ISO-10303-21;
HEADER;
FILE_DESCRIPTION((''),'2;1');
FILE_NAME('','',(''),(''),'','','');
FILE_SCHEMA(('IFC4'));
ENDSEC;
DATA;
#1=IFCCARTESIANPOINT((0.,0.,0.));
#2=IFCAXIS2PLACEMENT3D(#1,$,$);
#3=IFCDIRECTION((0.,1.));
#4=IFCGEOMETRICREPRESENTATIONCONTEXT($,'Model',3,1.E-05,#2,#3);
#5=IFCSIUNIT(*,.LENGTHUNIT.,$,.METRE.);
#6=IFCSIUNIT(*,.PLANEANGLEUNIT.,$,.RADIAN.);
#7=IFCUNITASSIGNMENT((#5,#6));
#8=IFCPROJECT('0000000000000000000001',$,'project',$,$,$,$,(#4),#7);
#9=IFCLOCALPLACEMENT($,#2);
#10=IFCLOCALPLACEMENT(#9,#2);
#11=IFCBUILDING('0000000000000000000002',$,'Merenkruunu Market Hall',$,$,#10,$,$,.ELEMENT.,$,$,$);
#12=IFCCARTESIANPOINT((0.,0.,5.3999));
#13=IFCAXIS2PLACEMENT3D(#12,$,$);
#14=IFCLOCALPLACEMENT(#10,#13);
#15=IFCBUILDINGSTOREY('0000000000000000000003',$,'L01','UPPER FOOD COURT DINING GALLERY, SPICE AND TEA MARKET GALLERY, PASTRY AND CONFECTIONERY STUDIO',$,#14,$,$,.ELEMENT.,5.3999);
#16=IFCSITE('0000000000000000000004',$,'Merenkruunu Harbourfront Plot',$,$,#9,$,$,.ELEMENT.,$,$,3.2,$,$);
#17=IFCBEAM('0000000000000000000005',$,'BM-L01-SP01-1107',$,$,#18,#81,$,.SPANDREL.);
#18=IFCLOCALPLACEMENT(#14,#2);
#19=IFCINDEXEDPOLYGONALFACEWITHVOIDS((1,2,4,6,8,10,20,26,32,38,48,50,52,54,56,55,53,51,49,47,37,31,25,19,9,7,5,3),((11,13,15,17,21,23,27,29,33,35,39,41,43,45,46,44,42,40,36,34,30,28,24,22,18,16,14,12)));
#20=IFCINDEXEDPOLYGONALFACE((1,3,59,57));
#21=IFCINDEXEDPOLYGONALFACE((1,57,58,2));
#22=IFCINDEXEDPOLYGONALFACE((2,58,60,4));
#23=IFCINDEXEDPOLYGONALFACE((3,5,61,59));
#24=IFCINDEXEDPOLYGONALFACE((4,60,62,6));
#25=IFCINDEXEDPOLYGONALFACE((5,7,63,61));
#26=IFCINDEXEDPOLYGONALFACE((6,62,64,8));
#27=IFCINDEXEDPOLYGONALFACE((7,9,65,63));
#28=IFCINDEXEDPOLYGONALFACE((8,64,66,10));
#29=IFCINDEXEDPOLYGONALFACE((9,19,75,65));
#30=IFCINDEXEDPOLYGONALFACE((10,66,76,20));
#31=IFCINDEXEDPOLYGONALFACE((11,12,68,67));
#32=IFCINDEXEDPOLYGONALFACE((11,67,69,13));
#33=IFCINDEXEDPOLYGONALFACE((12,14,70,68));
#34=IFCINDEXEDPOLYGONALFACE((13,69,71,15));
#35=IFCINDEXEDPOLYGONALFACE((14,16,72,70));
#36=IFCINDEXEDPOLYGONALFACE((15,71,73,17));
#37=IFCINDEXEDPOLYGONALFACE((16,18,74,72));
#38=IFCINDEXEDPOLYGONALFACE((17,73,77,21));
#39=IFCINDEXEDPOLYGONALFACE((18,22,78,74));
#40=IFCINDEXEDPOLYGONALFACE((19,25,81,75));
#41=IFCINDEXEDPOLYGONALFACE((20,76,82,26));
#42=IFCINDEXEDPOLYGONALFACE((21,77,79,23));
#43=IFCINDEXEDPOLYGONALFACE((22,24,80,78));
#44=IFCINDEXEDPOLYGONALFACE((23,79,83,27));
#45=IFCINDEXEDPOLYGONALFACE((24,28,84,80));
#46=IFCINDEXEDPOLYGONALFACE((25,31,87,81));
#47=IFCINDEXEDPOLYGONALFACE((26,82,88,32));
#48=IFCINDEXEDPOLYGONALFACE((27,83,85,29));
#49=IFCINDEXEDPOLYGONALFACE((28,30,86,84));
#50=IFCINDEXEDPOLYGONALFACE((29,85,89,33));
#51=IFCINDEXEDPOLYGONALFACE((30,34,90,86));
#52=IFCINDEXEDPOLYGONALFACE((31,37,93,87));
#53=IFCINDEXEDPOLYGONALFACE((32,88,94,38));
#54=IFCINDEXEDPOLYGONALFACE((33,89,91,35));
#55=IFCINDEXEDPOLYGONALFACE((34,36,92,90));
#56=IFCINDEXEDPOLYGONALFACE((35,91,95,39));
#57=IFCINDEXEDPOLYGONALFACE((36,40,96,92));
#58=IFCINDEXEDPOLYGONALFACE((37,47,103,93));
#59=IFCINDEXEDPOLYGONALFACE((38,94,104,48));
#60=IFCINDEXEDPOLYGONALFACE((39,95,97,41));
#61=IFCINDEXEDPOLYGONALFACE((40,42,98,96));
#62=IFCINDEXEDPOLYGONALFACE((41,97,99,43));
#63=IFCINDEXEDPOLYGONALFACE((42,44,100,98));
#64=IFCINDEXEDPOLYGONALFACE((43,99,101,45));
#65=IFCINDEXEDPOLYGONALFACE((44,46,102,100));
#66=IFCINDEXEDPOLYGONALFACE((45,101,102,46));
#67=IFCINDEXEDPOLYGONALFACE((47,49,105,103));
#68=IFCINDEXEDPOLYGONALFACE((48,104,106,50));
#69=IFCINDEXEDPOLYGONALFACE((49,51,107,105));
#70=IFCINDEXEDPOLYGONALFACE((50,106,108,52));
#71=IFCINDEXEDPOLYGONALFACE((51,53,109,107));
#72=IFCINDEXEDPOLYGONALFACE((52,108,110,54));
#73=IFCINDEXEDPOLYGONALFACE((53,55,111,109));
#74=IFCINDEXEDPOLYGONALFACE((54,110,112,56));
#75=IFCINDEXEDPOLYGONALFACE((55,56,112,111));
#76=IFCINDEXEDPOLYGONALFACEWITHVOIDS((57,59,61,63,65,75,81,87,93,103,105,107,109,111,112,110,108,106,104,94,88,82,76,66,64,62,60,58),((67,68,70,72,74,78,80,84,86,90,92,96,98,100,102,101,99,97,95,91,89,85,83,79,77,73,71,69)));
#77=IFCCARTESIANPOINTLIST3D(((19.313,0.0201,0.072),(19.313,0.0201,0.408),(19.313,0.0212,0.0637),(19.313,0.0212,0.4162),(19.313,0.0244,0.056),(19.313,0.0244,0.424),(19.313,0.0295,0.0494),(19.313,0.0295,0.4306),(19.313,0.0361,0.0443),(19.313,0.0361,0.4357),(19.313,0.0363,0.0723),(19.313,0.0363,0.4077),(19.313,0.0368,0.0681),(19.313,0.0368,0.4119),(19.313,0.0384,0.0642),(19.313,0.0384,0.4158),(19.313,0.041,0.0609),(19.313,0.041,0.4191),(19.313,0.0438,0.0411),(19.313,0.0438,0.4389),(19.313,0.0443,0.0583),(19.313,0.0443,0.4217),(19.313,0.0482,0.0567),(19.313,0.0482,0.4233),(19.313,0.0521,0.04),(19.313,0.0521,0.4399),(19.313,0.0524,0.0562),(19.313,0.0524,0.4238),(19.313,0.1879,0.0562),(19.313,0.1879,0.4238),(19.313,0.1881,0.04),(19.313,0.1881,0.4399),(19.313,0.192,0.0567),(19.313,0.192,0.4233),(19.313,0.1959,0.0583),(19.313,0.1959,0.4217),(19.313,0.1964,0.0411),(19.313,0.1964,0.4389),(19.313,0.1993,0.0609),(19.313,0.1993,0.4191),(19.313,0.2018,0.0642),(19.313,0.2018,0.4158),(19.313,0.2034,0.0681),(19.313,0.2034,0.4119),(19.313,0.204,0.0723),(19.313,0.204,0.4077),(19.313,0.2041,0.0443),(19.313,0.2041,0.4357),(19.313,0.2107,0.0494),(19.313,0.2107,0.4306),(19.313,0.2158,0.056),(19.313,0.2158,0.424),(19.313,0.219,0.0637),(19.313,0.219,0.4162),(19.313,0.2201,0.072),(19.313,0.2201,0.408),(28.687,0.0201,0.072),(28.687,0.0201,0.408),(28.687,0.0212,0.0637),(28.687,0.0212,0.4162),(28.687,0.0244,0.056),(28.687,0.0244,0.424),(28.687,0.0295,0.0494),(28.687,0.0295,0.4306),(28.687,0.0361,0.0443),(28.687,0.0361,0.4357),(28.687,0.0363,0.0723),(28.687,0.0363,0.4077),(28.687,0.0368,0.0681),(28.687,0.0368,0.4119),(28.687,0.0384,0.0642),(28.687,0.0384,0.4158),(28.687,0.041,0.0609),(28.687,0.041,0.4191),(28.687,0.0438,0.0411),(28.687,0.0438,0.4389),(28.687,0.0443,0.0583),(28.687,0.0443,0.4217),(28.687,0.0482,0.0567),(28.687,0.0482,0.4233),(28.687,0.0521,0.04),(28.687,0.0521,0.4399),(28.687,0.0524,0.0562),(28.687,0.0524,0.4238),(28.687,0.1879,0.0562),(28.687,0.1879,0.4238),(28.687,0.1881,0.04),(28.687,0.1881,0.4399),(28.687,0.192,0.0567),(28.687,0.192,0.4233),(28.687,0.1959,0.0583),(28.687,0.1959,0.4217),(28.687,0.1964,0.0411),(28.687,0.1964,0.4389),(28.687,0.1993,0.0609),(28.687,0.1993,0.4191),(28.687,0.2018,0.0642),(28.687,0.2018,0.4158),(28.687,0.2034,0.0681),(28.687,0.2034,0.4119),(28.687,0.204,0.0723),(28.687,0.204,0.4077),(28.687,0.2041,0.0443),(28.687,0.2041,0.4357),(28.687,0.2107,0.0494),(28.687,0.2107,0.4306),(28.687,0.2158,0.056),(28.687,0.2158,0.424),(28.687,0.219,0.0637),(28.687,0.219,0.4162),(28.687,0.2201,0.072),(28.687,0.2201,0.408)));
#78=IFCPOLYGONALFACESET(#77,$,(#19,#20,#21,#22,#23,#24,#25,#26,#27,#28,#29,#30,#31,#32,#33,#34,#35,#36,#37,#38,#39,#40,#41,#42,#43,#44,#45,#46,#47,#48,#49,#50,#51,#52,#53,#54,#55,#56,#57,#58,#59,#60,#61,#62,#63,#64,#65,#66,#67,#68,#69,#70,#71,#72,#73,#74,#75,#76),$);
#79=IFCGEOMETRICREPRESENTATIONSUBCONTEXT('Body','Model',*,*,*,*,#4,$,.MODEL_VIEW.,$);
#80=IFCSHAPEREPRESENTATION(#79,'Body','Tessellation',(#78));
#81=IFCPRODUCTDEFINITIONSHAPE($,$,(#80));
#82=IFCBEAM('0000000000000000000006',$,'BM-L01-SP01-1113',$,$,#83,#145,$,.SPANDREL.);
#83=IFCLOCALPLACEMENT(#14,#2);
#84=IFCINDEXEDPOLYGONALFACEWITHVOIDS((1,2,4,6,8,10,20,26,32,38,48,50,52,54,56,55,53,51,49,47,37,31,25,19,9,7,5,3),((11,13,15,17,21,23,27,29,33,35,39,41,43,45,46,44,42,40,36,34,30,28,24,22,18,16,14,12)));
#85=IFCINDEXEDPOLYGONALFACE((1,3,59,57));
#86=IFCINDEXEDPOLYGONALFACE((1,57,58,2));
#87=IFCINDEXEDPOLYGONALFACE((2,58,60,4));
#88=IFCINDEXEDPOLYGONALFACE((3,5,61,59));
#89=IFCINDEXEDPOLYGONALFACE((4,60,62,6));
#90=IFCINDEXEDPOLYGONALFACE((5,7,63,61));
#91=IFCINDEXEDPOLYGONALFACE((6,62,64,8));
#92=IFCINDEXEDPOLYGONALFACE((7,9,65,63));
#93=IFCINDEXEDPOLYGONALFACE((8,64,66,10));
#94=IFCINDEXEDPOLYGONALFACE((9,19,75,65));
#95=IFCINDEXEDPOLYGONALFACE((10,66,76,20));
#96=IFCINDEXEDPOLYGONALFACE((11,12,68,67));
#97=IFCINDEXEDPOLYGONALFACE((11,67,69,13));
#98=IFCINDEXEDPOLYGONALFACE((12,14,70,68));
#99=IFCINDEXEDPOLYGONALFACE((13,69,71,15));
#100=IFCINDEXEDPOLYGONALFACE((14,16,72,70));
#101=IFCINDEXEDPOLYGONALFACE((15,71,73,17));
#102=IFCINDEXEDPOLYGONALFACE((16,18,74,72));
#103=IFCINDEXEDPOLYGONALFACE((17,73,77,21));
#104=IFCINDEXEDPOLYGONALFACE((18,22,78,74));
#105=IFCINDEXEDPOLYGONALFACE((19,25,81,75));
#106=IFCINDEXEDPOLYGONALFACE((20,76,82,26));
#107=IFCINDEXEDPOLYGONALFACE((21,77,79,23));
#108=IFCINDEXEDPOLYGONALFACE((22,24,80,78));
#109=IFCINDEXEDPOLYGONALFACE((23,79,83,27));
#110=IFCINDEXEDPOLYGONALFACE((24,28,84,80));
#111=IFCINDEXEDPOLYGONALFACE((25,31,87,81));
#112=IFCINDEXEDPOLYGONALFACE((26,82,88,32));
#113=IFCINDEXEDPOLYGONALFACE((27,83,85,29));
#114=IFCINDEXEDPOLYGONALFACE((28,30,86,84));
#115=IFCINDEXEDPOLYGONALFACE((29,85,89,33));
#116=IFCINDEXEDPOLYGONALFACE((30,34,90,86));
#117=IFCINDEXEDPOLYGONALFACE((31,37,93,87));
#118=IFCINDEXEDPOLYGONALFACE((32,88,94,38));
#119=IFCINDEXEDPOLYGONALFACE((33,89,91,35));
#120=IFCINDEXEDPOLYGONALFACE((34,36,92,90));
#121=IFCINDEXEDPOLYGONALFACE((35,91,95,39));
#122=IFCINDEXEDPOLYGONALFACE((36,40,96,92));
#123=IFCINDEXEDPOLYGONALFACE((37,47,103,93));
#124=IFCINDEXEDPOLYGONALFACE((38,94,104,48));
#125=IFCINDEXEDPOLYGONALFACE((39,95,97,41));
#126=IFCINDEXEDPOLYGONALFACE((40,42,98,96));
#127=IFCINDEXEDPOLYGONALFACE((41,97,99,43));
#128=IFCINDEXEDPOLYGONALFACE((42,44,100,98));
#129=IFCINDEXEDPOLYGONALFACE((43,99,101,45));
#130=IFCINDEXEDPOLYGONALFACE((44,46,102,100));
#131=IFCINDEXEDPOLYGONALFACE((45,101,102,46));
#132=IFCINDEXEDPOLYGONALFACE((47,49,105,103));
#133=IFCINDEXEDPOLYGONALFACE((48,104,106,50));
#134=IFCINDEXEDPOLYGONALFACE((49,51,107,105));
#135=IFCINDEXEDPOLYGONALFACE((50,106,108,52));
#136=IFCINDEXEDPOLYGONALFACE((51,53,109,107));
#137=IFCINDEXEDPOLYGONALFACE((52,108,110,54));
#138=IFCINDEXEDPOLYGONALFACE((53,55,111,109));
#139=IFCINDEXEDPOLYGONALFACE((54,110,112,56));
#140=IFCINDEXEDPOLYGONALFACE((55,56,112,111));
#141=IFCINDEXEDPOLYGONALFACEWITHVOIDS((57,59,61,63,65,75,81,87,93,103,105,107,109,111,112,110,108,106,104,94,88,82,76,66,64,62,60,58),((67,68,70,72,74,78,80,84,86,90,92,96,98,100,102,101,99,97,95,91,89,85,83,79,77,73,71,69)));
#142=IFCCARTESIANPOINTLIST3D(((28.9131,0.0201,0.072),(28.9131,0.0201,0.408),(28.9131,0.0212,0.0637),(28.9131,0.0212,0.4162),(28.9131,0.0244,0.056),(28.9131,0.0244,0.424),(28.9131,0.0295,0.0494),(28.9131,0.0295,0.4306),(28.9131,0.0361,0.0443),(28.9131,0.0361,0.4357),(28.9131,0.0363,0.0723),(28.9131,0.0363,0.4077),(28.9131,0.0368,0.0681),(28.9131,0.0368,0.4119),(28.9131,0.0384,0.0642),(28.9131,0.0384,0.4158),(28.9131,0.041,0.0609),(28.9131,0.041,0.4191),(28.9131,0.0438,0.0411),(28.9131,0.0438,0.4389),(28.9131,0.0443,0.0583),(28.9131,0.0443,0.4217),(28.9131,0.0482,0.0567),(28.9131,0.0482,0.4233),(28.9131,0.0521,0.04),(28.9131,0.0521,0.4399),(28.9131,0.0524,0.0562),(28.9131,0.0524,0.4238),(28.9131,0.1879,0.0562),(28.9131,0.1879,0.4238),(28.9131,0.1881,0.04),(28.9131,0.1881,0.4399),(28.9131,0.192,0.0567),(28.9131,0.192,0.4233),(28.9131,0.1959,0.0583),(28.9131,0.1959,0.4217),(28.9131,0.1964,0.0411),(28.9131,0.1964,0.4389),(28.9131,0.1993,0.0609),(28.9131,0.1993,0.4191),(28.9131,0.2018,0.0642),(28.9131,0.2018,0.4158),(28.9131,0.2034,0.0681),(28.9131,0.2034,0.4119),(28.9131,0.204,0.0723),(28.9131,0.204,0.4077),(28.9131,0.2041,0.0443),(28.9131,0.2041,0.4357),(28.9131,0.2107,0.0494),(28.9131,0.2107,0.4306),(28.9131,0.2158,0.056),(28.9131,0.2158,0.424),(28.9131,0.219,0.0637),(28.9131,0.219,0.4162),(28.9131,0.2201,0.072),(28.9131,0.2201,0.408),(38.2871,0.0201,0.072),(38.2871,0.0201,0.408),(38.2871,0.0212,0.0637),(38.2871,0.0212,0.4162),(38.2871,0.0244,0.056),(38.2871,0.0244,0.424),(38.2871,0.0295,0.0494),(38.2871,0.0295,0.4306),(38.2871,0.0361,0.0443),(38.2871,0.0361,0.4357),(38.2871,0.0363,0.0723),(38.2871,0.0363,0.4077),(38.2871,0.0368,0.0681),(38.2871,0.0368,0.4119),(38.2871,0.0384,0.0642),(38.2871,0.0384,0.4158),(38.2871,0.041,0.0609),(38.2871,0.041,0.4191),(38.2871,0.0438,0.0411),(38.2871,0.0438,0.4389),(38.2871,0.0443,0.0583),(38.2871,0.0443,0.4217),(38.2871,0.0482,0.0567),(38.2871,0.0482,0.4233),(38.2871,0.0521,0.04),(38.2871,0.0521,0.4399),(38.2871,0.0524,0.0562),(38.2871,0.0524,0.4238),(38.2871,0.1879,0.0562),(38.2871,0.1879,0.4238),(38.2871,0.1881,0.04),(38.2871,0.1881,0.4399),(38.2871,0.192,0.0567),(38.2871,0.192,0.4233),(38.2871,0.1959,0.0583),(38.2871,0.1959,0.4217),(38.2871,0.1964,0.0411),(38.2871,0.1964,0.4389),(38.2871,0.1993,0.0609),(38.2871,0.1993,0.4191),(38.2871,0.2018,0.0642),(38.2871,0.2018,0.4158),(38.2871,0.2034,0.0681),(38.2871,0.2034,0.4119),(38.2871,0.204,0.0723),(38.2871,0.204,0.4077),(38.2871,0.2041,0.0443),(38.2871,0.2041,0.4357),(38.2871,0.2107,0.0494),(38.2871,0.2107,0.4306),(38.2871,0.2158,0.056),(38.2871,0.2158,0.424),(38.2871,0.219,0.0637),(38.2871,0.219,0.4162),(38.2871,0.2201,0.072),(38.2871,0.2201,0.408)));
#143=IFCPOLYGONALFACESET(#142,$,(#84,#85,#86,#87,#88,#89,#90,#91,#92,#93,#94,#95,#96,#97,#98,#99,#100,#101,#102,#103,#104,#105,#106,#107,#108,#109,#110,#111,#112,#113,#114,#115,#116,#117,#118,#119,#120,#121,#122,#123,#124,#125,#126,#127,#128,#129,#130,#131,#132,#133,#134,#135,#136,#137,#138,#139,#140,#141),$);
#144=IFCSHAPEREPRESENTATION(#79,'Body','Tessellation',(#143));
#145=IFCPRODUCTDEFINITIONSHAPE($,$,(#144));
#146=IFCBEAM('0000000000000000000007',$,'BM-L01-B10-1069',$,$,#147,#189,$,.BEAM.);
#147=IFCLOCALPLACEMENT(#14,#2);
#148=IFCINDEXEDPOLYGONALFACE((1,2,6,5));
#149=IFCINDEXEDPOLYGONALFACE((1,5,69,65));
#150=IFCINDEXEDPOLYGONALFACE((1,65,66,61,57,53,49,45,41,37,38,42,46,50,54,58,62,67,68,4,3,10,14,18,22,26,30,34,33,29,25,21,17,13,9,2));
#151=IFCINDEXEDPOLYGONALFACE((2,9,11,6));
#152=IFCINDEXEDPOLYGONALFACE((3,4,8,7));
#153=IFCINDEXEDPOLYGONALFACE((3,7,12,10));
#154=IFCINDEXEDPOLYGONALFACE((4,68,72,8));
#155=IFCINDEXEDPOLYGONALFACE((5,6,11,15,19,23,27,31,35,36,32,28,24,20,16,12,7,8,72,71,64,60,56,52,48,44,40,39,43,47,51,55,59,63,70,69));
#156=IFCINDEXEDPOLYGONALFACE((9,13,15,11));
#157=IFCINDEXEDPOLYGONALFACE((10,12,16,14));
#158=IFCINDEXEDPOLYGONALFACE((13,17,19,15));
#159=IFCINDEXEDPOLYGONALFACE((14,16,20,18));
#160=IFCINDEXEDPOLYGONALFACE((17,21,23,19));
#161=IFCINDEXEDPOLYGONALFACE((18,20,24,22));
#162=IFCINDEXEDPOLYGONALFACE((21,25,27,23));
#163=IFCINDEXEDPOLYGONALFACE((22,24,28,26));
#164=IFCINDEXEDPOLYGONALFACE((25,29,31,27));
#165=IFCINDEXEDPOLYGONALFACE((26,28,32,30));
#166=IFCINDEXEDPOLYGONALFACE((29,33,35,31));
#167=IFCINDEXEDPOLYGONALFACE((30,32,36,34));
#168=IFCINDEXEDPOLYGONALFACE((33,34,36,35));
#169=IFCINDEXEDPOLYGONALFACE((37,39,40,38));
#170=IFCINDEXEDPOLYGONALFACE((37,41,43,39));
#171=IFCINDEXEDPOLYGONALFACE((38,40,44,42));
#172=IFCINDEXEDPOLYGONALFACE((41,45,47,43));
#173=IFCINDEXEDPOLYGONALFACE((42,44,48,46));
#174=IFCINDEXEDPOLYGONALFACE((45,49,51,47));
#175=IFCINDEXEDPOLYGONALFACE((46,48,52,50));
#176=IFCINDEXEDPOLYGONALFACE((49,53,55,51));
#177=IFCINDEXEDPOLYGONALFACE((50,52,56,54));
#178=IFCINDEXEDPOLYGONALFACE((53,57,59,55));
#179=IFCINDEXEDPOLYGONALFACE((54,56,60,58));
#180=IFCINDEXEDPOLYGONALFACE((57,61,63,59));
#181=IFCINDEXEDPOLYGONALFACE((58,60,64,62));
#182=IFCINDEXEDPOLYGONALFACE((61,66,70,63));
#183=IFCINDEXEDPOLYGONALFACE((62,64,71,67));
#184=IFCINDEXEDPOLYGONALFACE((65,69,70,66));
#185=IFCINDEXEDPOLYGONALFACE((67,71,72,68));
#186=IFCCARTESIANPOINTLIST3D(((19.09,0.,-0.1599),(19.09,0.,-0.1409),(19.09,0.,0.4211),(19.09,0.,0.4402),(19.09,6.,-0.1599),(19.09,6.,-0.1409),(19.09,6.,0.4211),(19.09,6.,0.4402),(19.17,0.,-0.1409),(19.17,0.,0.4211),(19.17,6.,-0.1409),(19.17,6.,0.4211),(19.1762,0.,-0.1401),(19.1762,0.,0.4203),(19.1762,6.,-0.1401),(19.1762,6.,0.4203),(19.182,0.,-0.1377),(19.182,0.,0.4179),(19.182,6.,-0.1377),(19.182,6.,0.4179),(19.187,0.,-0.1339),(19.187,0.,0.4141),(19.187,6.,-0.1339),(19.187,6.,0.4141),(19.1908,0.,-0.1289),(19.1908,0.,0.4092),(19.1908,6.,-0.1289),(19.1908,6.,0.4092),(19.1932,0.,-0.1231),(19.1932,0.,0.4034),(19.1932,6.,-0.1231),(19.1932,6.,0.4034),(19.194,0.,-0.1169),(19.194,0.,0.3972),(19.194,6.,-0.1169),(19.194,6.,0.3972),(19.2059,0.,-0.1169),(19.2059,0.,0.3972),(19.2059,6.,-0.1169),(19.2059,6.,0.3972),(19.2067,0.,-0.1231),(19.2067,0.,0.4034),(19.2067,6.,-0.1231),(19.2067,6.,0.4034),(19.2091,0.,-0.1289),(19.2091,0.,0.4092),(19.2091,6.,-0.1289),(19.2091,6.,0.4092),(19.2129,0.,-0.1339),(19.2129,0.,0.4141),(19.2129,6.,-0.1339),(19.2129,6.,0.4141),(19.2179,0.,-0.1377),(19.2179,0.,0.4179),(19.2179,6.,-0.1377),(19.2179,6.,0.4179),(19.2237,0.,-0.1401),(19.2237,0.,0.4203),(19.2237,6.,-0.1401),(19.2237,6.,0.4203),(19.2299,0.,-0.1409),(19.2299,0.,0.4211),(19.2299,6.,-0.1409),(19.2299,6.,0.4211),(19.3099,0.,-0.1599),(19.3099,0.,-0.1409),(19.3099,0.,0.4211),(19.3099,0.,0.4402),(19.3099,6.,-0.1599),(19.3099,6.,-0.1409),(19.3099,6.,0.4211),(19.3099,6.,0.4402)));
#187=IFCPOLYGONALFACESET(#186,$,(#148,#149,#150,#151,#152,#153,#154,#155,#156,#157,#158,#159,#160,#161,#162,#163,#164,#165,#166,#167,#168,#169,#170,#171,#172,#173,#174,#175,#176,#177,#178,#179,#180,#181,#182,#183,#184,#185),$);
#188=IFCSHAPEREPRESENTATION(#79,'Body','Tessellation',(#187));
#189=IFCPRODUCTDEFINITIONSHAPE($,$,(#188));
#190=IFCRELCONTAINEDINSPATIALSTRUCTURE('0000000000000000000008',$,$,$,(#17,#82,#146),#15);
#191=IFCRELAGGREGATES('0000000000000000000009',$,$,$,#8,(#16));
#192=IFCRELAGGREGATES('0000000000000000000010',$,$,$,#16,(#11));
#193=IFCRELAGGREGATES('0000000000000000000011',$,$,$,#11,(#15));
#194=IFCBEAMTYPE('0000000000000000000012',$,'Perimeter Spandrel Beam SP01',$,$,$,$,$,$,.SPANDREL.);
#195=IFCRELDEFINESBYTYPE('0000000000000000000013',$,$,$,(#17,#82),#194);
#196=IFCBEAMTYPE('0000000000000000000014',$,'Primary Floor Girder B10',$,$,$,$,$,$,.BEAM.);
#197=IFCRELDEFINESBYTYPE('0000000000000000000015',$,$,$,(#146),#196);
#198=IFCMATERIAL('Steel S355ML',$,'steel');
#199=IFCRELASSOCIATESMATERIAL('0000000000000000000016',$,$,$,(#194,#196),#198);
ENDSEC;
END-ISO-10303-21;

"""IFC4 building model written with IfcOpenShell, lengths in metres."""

from ifc_helpers import new_model, si_unit, direction, frame, origin, origin_2d, place, context, subcontext, project, spatial, hollow_rectangle, i_section, extrude, material, material_profile, profile_set, type_object, element, save


model = new_model("IFC4")

# Units and contexts
model_context = context("Model", 3, precision=1e-05, world=origin(), true_north=direction((0.0, 1.0)))
body_context = subcontext(model_context, "Body", "Model", "MODEL_VIEW")
ifc_project = project(units=[si_unit("LENGTHUNIT", "METRE"), si_unit("PLANEANGLEUNIT", "RADIAN")], contexts=[model_context])

# Site, building, storey
site_placement = place(None, origin())
site = spatial("IfcSite", under=ifc_project, at=site_placement, Name="Merenkruunu Harbourfront Plot", CompositionType="ELEMENT", RefElevation=3.2)
building_placement = place(site_placement, origin())
building = spatial("IfcBuilding", under=site, at=building_placement, Name="Merenkruunu Market Hall", CompositionType="ELEMENT")
storey_placement = place(building_placement, frame((0.0, 0.0, 5.3999)))
storey = spatial("IfcBuildingStorey", under=building, at=storey_placement, Name="L01", Description="UPPER FOOD COURT DINING GALLERY, SPICE AND TEA MARKET GALLERY, PASTRY AND CONFECTIONERY STUDIO", CompositionType="ELEMENT", Elevation=5.3999)

# Beams
ifc_material_1 = material(Name="Steel S355ML", Category="steel")
ifc_material_profile_1 = material_profile(ifc_material_1, hollow_rectangle(XDim=0.2, YDim=0.3999, WallThickness=0.0161, InnerFilletRadius=0.0161, OuterFilletRadius=0.032, at=origin_2d()), Name="RHS 400x200x16")
ifc_profile_set_1 = profile_set([ifc_material_profile_1], Name="Steel S355ML")
beam_type_1 = type_object("IfcBeamType", Name="Perimeter Spandrel Beam SP01", PredefinedType="SPANDREL", material=ifc_profile_set_1)
for number, where, z_axis, x_axis, name in (
    (1, (19.313, 0.1201, 0.24), (1.0, 0.0, 0.0), (0.0, 1.0, 0.0), "BM-L01-SP01-1107"),
    (2, (28.9131, 0.1201, 0.24), (1.0, 0.0, 0.0), (0.0, 1.0, 0.0), "BM-L01-SP01-1113"),
):
    element("IfcBeam", number, at=place(storey_placement, frame(where, z_axis=z_axis, x_axis=x_axis)), inside=storey, type_object=beam_type_1, Name=name, PredefinedType="SPANDREL", context=body_context, shape_type="SweptSolid", body=[
        extrude(hollow_rectangle(XDim=0.2, YDim=0.3999, WallThickness=0.0161, InnerFilletRadius=0.0161, OuterFilletRadius=0.032, at=origin_2d()), origin(), (0.0, 0.0, 1.0), 9.374),
    ])
ifc_material_profile_2 = material_profile(ifc_material_1, i_section(OverallWidth=0.22, OverallDepth=0.6001, WebThickness=0.012, FlangeThickness=0.019, FilletRadius=0.0239, at=origin_2d()), Name="IPE 600")
ifc_profile_set_2 = profile_set([ifc_material_profile_2], Name="Steel S355ML")
beam_type_2 = type_object("IfcBeamType", Name="Primary Floor Girder B10", PredefinedType="BEAM", material=ifc_profile_set_2)
for number, where, z_axis, x_axis, name in (
    (3, (19.2, 6.0, 0.1401), (0.0, -1.0, 0.0), (1.0, 0.0, 0.0), "BM-L01-B10-1069"),
):
    element("IfcBeam", number, at=place(storey_placement, frame(where, z_axis=z_axis, x_axis=x_axis)), inside=storey, type_object=beam_type_2, Name=name, PredefinedType="BEAM", context=body_context, shape_type="SweptSolid", body=[
        extrude(i_section(OverallWidth=0.22, OverallDepth=0.6001, WebThickness=0.012, FlangeThickness=0.019, FilletRadius=0.0239, at=origin_2d()), origin(), (0.0, 0.0, 1.0), 6.0),
    ])

save(model, "model.ifc")
